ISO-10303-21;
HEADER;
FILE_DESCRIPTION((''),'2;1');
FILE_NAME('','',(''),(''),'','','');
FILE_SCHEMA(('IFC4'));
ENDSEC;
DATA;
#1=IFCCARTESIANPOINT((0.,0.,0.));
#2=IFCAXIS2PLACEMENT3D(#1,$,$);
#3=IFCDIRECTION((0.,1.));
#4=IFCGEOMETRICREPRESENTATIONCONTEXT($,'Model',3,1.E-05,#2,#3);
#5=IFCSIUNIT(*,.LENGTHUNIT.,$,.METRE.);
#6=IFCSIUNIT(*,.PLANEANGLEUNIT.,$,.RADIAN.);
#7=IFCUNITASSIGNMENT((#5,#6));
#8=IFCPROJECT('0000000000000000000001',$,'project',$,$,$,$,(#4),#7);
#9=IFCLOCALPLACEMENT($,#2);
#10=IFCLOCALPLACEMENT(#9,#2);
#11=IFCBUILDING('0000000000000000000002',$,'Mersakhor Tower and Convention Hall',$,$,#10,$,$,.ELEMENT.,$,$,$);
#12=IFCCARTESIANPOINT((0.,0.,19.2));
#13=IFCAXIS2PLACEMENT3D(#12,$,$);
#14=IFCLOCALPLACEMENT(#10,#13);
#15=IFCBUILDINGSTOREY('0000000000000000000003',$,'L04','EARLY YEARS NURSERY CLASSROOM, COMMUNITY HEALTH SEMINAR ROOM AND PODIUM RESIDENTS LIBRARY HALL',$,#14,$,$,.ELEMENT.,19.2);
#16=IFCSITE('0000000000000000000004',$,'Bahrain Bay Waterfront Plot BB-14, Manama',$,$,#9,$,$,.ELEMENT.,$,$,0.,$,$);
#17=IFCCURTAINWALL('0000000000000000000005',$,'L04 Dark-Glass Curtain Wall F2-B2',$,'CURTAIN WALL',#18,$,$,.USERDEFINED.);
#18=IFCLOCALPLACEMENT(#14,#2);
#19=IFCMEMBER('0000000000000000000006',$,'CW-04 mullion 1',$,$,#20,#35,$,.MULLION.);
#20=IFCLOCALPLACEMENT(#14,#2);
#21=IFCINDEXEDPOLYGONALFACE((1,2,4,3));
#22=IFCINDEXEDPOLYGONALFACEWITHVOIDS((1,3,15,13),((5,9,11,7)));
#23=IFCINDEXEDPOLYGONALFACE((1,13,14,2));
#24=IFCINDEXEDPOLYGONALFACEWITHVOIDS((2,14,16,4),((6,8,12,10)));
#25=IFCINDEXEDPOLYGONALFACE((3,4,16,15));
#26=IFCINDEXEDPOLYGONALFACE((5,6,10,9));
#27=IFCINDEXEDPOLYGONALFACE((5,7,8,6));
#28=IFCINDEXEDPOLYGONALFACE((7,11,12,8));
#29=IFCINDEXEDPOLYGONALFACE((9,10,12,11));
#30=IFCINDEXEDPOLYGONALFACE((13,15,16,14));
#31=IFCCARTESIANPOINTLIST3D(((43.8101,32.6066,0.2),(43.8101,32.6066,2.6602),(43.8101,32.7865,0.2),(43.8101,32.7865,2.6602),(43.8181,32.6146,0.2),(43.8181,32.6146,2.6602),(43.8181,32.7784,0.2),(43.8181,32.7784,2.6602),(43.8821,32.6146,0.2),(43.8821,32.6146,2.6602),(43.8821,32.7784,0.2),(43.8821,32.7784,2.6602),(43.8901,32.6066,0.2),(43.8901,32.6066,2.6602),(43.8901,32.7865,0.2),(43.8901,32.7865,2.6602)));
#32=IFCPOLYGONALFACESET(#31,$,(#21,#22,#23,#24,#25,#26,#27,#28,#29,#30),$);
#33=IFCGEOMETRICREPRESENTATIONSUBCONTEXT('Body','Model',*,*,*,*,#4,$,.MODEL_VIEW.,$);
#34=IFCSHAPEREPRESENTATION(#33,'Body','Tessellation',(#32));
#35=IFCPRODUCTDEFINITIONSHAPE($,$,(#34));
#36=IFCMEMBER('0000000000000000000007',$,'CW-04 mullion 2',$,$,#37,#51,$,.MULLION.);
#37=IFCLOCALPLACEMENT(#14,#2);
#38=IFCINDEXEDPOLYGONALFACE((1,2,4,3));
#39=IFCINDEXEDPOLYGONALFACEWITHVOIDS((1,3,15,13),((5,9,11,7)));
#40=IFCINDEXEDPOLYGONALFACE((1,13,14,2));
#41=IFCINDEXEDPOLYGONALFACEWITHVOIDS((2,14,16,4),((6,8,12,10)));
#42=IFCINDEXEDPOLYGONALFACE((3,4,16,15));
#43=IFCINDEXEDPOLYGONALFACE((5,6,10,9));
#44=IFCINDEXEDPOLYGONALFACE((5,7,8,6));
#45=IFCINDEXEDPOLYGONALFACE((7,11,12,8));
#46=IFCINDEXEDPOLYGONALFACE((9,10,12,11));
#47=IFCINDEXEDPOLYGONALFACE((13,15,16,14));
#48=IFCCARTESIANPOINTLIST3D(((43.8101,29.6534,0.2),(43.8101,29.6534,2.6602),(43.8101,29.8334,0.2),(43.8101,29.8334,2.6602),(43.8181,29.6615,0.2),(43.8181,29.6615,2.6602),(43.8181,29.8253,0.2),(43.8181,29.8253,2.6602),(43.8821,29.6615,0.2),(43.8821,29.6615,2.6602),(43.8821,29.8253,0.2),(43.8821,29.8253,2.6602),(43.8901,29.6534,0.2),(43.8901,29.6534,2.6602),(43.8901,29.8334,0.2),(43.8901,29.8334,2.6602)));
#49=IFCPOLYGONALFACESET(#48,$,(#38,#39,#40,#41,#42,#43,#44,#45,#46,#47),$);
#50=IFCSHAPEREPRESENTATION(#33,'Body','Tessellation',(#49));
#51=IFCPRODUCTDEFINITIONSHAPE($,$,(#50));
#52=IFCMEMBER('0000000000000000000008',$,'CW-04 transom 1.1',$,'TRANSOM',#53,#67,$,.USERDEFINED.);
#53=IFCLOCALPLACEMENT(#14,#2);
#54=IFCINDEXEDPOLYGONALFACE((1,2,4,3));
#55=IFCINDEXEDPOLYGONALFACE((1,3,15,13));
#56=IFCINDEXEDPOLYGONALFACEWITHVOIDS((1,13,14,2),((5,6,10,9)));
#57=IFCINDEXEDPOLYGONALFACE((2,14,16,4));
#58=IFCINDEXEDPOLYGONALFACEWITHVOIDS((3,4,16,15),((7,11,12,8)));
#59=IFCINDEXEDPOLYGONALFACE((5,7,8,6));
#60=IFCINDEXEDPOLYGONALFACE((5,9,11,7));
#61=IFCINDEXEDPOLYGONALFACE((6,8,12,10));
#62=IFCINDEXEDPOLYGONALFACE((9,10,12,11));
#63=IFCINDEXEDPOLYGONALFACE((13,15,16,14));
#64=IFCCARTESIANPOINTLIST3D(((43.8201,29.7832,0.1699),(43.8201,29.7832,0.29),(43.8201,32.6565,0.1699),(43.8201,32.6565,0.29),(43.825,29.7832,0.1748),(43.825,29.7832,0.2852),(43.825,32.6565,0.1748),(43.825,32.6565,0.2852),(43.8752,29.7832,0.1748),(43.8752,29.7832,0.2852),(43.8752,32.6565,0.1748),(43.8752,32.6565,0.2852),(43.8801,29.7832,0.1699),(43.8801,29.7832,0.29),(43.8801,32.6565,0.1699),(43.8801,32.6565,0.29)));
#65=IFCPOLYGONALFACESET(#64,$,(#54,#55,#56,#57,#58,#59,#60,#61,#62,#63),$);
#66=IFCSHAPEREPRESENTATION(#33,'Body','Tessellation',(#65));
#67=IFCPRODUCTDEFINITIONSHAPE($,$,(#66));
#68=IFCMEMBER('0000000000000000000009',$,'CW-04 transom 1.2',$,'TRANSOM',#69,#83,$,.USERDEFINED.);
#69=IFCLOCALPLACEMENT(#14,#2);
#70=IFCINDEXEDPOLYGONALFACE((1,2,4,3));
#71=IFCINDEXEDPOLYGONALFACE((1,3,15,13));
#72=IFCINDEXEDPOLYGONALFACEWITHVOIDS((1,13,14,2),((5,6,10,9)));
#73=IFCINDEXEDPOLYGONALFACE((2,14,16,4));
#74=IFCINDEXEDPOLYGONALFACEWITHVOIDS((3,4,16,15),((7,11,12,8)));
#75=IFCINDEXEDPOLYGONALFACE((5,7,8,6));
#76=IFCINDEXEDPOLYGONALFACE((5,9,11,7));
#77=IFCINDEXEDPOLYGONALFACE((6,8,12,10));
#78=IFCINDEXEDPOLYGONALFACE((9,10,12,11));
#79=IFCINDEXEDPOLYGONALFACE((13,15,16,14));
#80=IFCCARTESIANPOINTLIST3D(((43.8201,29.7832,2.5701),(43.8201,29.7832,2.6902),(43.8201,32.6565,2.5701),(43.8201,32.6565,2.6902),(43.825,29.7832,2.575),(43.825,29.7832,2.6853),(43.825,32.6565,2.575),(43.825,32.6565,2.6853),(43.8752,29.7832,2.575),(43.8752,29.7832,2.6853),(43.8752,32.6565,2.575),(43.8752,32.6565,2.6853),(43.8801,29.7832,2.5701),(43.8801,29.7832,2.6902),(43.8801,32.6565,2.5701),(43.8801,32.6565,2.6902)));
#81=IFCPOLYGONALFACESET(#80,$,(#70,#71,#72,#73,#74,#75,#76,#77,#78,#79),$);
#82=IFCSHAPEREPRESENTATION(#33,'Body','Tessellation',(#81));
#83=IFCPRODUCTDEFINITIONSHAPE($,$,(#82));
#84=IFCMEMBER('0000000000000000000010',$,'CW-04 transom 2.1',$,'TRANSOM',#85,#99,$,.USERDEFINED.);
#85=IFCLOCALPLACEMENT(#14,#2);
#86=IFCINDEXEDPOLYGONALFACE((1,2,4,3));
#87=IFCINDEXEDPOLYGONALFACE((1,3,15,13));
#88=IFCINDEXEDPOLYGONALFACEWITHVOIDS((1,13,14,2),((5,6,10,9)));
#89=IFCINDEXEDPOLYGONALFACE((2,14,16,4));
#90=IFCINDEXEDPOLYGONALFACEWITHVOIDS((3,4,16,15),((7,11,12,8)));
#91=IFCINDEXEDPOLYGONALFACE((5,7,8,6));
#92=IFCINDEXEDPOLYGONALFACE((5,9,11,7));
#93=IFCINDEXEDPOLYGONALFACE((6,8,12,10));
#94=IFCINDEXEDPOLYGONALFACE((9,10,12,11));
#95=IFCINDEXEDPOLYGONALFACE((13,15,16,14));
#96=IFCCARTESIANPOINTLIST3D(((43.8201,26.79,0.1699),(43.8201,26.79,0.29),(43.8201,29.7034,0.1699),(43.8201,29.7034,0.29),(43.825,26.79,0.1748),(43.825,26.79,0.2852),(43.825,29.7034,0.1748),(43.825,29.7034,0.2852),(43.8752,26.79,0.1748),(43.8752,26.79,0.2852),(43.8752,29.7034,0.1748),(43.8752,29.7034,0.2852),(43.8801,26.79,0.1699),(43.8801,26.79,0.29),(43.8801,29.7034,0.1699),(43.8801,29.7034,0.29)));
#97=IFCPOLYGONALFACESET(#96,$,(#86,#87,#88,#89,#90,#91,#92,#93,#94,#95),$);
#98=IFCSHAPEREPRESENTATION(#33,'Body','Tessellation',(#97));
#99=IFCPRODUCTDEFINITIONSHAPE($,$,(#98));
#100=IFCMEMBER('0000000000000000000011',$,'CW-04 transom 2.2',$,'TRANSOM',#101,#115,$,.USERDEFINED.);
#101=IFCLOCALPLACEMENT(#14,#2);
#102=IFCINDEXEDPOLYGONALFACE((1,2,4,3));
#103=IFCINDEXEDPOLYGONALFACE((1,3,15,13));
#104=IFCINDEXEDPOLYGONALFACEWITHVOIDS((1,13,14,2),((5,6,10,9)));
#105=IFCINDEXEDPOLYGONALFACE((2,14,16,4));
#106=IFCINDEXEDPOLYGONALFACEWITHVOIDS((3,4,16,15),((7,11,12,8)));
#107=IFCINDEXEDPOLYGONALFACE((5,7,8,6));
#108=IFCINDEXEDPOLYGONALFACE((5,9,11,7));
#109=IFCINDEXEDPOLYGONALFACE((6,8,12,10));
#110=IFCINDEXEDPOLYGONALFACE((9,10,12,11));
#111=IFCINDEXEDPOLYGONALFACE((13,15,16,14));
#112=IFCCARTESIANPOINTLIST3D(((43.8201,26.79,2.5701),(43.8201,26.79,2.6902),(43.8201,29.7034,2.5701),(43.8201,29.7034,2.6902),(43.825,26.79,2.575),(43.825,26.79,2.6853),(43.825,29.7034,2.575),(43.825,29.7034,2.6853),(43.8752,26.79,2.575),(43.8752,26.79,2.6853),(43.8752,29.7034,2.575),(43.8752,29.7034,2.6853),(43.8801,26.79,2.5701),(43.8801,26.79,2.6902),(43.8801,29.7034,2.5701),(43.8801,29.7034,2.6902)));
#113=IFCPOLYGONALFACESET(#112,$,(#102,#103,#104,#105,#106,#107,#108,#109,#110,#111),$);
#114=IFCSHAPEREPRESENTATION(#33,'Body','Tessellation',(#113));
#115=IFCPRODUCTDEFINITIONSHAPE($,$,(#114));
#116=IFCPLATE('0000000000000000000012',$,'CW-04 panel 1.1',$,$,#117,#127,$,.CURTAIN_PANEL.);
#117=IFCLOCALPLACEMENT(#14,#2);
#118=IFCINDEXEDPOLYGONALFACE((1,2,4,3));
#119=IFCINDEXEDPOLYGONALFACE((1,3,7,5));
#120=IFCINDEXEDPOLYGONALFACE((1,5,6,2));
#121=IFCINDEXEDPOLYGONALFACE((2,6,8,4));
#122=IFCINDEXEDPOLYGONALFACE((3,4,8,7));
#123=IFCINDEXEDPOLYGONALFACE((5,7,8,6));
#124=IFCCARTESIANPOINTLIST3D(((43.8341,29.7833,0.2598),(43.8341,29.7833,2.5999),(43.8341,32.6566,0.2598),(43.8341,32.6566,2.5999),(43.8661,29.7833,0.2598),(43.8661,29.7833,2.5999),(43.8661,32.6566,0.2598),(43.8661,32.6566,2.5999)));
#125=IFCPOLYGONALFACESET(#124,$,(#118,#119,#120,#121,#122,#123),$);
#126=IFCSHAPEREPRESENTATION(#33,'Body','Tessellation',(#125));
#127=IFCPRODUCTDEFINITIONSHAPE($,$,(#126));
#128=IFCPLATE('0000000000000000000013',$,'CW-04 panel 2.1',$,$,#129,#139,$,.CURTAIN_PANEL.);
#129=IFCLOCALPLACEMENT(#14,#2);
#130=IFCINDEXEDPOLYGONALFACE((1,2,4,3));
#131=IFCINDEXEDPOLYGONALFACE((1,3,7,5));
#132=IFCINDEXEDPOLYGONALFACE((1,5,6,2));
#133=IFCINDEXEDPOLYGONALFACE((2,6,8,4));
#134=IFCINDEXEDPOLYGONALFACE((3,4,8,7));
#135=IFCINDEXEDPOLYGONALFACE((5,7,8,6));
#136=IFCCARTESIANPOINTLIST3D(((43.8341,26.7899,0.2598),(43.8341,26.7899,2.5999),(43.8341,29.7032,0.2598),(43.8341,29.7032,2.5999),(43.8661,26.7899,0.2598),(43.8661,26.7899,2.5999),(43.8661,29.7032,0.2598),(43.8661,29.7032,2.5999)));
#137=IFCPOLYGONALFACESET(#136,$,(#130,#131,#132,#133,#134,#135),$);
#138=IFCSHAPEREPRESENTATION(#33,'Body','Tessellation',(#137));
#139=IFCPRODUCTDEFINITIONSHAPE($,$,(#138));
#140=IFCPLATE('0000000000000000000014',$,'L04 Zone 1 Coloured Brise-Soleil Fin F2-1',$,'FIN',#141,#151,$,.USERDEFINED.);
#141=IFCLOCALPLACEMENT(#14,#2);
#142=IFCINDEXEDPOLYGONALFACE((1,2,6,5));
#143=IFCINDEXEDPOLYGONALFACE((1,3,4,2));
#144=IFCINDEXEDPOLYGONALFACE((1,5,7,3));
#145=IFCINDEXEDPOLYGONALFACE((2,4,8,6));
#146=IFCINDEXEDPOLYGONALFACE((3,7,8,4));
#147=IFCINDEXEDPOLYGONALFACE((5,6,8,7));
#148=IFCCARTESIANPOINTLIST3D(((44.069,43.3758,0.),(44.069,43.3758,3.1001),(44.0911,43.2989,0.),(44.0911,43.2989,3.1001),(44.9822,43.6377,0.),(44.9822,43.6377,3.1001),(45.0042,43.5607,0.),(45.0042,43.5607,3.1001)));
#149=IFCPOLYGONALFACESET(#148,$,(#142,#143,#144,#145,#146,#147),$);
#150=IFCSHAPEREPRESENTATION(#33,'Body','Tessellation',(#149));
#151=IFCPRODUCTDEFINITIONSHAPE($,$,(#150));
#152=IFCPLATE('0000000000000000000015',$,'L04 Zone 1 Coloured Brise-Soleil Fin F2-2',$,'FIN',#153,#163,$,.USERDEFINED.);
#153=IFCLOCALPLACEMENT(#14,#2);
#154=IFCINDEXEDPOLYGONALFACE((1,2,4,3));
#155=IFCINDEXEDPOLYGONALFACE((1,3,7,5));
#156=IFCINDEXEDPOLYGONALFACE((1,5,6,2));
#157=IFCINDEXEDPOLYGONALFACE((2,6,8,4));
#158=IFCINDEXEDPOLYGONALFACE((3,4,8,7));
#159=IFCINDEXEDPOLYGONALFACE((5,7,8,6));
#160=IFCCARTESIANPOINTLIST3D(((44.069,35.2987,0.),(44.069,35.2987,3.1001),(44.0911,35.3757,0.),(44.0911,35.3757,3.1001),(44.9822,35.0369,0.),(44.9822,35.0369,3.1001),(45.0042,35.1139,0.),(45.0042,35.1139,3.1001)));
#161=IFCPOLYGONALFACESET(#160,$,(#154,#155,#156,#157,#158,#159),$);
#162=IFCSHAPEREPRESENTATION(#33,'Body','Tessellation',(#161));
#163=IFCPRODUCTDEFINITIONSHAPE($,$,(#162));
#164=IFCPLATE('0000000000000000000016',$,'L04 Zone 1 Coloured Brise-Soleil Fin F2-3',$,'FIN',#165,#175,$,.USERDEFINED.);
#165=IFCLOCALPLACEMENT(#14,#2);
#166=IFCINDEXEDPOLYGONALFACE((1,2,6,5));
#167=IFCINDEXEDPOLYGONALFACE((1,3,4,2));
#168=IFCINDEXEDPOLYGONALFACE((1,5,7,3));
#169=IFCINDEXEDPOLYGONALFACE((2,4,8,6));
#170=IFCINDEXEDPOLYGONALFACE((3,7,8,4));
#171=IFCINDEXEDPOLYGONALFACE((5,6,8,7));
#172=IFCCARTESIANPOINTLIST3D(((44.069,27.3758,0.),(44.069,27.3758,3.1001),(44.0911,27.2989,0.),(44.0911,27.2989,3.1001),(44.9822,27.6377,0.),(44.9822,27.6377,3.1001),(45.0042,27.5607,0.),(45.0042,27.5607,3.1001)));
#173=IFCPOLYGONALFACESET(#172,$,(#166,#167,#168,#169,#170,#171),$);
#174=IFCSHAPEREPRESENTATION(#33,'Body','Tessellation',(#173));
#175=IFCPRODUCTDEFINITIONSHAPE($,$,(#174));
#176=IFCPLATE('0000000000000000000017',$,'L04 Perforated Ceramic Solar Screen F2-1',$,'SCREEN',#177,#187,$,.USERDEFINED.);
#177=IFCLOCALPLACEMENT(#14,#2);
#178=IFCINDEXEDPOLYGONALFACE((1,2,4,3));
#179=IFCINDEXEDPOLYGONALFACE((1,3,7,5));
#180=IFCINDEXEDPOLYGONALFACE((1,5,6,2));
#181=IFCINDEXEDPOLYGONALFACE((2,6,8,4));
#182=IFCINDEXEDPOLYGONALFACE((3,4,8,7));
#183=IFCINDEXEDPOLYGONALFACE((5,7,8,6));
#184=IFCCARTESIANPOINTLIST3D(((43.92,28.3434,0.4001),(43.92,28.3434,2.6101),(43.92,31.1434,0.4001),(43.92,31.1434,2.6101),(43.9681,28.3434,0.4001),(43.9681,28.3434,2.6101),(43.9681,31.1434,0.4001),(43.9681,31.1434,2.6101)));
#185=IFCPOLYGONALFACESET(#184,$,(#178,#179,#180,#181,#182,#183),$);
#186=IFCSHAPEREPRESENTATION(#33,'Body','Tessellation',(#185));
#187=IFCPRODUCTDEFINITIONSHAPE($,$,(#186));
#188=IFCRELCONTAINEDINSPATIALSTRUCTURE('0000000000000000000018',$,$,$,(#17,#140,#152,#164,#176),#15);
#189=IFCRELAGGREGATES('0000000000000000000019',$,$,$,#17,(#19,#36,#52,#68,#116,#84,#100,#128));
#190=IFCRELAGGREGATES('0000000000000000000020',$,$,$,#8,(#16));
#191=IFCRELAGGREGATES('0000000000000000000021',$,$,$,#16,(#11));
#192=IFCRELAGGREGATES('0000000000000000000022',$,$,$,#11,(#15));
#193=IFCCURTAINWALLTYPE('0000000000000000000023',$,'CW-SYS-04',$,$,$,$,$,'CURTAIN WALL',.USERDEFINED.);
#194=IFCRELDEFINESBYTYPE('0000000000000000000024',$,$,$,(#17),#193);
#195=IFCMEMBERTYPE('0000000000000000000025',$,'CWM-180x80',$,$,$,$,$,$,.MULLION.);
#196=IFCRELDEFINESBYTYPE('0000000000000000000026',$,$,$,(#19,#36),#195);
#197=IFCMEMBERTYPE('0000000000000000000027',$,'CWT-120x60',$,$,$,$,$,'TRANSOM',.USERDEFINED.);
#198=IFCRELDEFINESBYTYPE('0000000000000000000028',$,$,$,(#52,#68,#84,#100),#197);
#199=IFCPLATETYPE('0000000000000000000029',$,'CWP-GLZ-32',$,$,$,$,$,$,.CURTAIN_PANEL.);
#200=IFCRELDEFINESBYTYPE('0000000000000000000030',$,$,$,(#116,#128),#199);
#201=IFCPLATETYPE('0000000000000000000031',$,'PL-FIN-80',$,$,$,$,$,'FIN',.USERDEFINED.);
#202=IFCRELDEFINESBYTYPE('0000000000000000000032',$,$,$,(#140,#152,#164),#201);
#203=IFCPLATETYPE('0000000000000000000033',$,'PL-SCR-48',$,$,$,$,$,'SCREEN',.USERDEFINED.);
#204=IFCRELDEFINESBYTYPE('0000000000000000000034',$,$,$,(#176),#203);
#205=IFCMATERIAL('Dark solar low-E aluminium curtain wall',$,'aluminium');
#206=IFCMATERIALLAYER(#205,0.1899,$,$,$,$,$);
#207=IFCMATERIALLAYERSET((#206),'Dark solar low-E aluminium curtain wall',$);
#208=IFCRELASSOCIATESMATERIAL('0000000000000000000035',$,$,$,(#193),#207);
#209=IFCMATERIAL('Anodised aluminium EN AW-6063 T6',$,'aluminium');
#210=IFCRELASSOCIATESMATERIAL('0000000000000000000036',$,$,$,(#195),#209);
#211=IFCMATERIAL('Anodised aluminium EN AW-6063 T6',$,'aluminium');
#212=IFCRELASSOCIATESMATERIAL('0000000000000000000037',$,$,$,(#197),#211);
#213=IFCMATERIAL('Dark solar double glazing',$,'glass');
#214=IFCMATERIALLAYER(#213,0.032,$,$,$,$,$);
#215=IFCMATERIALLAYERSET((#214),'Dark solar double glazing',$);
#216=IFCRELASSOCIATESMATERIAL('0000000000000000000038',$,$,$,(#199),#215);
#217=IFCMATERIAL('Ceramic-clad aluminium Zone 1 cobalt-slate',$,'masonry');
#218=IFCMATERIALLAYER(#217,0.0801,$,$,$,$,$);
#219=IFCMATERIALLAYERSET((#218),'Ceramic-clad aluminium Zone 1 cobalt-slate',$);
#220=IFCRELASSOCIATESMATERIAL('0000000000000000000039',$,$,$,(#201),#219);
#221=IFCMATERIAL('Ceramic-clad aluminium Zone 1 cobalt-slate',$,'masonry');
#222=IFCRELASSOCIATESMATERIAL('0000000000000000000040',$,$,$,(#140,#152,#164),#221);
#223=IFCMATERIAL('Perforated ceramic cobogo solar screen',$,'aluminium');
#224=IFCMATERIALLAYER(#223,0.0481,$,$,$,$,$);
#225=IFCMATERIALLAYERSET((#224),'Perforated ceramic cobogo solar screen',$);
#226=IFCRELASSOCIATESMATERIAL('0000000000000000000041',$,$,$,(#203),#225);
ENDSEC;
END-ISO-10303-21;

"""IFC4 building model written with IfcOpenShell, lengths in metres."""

from ifc_helpers import new_model, si_unit, direction, frame, origin, origin_2d, place, context, subcontext, project, spatial, rectangle, hollow_rectangle, extrude, material, layer, layer_set, material_profile, profile_set, type_object, element, aggregate, save


model = new_model("IFC4")

# Units and contexts
model_context = context("Model", 3, precision=1e-05, world=origin(), true_north=direction((0.0, 1.0)))
body_context = subcontext(model_context, "Body", "Model", "MODEL_VIEW")
ifc_project = project(units=[si_unit("LENGTHUNIT", "METRE"), si_unit("PLANEANGLEUNIT", "RADIAN")], contexts=[model_context])

# Site, building, storey
site_placement = place(None, origin())
site = spatial("IfcSite", under=ifc_project, at=site_placement, Name="Bahrain Bay Waterfront Plot BB-14, Manama", CompositionType="ELEMENT", RefElevation=0.0)
building_placement = place(site_placement, origin())
building = spatial("IfcBuilding", under=site, at=building_placement, Name="Mersakhor Tower and Convention Hall", CompositionType="ELEMENT")
storey_placement = place(building_placement, frame((0.0, 0.0, 19.2)))
storey = spatial("IfcBuildingStorey", under=building, at=storey_placement, Name="L04", Description="EARLY YEARS NURSERY CLASSROOM, COMMUNITY HEALTH SEMINAR ROOM AND PODIUM RESIDENTS LIBRARY HALL", CompositionType="ELEMENT", Elevation=19.2)

# Curtain wall, members, plates
ifc_material_1 = material(Name="Dark solar low-E aluminium curtain wall", Category="aluminium")
ifc_layer_1 = layer(ifc_material_1, 0.1899)
ifc_layer_set_1 = layer_set([ifc_layer_1], Name="Dark solar low-E aluminium curtain wall")
curtain_wall_type = type_object("IfcCurtainWallType", Name="CW-SYS-04", ElementType="CURTAIN WALL", PredefinedType="USERDEFINED", material=ifc_layer_set_1)
curtain_wall_placement = place(storey_placement, origin())
curtain_wall = element("IfcCurtainWall", 1, at=curtain_wall_placement, inside=storey, type_object=curtain_wall_type, Name="L04 Dark-Glass Curtain Wall F2-B2", ObjectType="CURTAIN WALL", PredefinedType="USERDEFINED")
ifc_material_2 = material(Name="Anodised aluminium EN AW-6063 T6", Category="aluminium")
ifc_material_profile_1 = material_profile(ifc_material_2, hollow_rectangle(XDim=0.0801, YDim=0.1799, WallThickness=0.0081, at=origin_2d()), Name="RHS 180x80x8")
ifc_profile_set_1 = profile_set([ifc_material_profile_1], Name="Anodised aluminium EN AW-6063 T6")
member_type_1 = type_object("IfcMemberType", Name="CWM-180x80", PredefinedType="MULLION", material=ifc_profile_set_1)
member_1_placement = place(storey_placement, frame((43.8501, 32.6965, 0.2), z_axis=(0.0, 0.0, 1.0), x_axis=(1.0, 0.0, 0.0)))
member_1 = element("IfcMember", 2, at=member_1_placement, type_object=member_type_1, Name="CW-04 mullion 1", PredefinedType="MULLION", context=body_context, shape_type="SweptSolid", body=[
    extrude(hollow_rectangle(XDim=0.0801, YDim=0.1799, WallThickness=0.0081, at=origin_2d()), origin(), (0.0, 0.0, 1.0), 2.4602),
])
member_2_placement = place(storey_placement, frame((43.8501, 29.7434, 0.2), z_axis=(0.0, 0.0, 1.0), x_axis=(1.0, 0.0, 0.0)))
member_2 = element("IfcMember", 3, at=member_2_placement, type_object=member_type_1, Name="CW-04 mullion 2", PredefinedType="MULLION", context=body_context, shape_type="SweptSolid", body=[
    extrude(hollow_rectangle(XDim=0.0801, YDim=0.1799, WallThickness=0.0081, at=origin_2d()), origin(), (0.0, 0.0, 1.0), 2.4602),
])
ifc_material_3 = material(Name="Anodised aluminium EN AW-6063 T6", Category="aluminium")
ifc_material_profile_2 = material_profile(ifc_material_3, hollow_rectangle(XDim=0.0601, YDim=0.1201, WallThickness=0.0049, at=origin_2d()), Name="RHS 120x60x5")
ifc_profile_set_2 = profile_set([ifc_material_profile_2], Name="Anodised aluminium EN AW-6063 T6")
member_type_2 = type_object("IfcMemberType", Name="CWT-120x60", ElementType="TRANSOM", PredefinedType="USERDEFINED", material=ifc_profile_set_2)
member_3_placement = place(storey_placement, frame((43.8501, 32.6565, 0.23), z_axis=(0.0, -1.0, 0.0), x_axis=(1.0, 0.0, 0.0)))
member_3 = element("IfcMember", 4, at=member_3_placement, type_object=member_type_2, Name="CW-04 transom 1.1", ObjectType="TRANSOM", PredefinedType="USERDEFINED", context=body_context, shape_type="SweptSolid", body=[
    extrude(hollow_rectangle(XDim=0.0601, YDim=0.1201, WallThickness=0.0049, at=origin_2d()), origin(), (0.0, 0.0, 1.0), 2.8733),
])
member_4_placement = place(storey_placement, frame((43.8501, 32.6565, 2.6301), z_axis=(0.0, -1.0, 0.0), x_axis=(1.0, 0.0, 0.0)))
member_4 = element("IfcMember", 5, at=member_4_placement, type_object=member_type_2, Name="CW-04 transom 1.2", ObjectType="TRANSOM", PredefinedType="USERDEFINED", context=body_context, shape_type="SweptSolid", body=[
    extrude(hollow_rectangle(XDim=0.0601, YDim=0.1201, WallThickness=0.0049, at=origin_2d()), origin(), (0.0, 0.0, 1.0), 2.8733),
])
member_5_placement = place(storey_placement, frame((43.8501, 29.7034, 0.23), z_axis=(0.0, -1.0, 0.0), x_axis=(1.0, 0.0, 0.0)))
member_5 = element("IfcMember", 6, at=member_5_placement, type_object=member_type_2, Name="CW-04 transom 2.1", ObjectType="TRANSOM", PredefinedType="USERDEFINED", context=body_context, shape_type="SweptSolid", body=[
    extrude(hollow_rectangle(XDim=0.0601, YDim=0.1201, WallThickness=0.0049, at=origin_2d()), origin(), (0.0, 0.0, 1.0), 2.9133),
])
member_6_placement = place(storey_placement, frame((43.8501, 29.7034, 2.6301), z_axis=(0.0, -1.0, 0.0), x_axis=(1.0, 0.0, 0.0)))
member_6 = element("IfcMember", 7, at=member_6_placement, type_object=member_type_2, Name="CW-04 transom 2.2", ObjectType="TRANSOM", PredefinedType="USERDEFINED", context=body_context, shape_type="SweptSolid", body=[
    extrude(hollow_rectangle(XDim=0.0601, YDim=0.1201, WallThickness=0.0049, at=origin_2d()), origin(), (0.0, 0.0, 1.0), 2.9133),
])
ifc_material_4 = material(Name="Dark solar double glazing", Category="glass")
ifc_layer_2 = layer(ifc_material_4, 0.032)
ifc_layer_set_2 = layer_set([ifc_layer_2], Name="Dark solar double glazing")
plate_type_1 = type_object("IfcPlateType", Name="CWP-GLZ-32", PredefinedType="CURTAIN_PANEL", material=ifc_layer_set_2)
plate_1_placement = place(storey_placement, frame((43.8501, 31.22, 0.2598), z_axis=(0.0, 0.0, 1.0), x_axis=(0.0, -1.0, 0.0)))
plate_1 = element("IfcPlate", 8, at=plate_1_placement, type_object=plate_type_1, Name="CW-04 panel 1.1", PredefinedType="CURTAIN_PANEL", context=body_context, shape_type="SweptSolid", body=[
    extrude(rectangle(XDim=2.8733, YDim=0.032, at=origin_2d()), origin(), (0.0, 0.0, 1.0), 2.3401),
])
plate_2_placement = place(storey_placement, frame((43.8501, 28.2466, 0.2598), z_axis=(0.0, 0.0, 1.0), x_axis=(0.0, -1.0, 0.0)))
plate_2 = element("IfcPlate", 9, at=plate_2_placement, type_object=plate_type_1, Name="CW-04 panel 2.1", PredefinedType="CURTAIN_PANEL", context=body_context, shape_type="SweptSolid", body=[
    extrude(rectangle(XDim=2.9133, YDim=0.032, at=origin_2d()), origin(), (0.0, 0.0, 1.0), 2.3401),
])
aggregate(curtain_wall, [member_1, member_2, member_3, member_4, plate_1, member_5, member_6, plate_2])

# Plates
ifc_material_5 = material(Name="Ceramic-clad aluminium Zone 1 cobalt-slate", Category="masonry")
ifc_material_6 = material(Name="Ceramic-clad aluminium Zone 1 cobalt-slate", Category="masonry")
ifc_layer_3 = layer(ifc_material_6, 0.0801)
ifc_layer_set_3 = layer_set([ifc_layer_3], Name="Ceramic-clad aluminium Zone 1 cobalt-slate")
plate_type_2 = type_object("IfcPlateType", Name="PL-FIN-80", ElementType="FIN", PredefinedType="USERDEFINED", material=ifc_layer_set_3)
for number, where, z_axis, x_axis, name in (
    (10, (44.5366, 43.4683, 0.0), (0.0, 0.0, 1.0), (0.961262, 0.275637, 0.0), "L04 Zone 1 Coloured Brise-Soleil Fin F2-1"),
    (11, (44.5366, 35.2063, 0.0), (0.0, 0.0, 1.0), (0.961262, -0.275637, 0.0), "L04 Zone 1 Coloured Brise-Soleil Fin F2-2"),
    (12, (44.5366, 27.4683, 0.0), (0.0, 0.0, 1.0), (0.961262, 0.275637, 0.0), "L04 Zone 1 Coloured Brise-Soleil Fin F2-3"),
):
    element("IfcPlate", number, at=place(storey_placement, frame(where, z_axis=z_axis, x_axis=x_axis)), inside=storey, type_object=plate_type_2, material=ifc_material_5, Name=name, ObjectType="FIN", PredefinedType="USERDEFINED", context=body_context, shape_type="SweptSolid", body=[
        extrude(rectangle(XDim=0.95, YDim=0.0801, at=origin_2d()), origin(), (0.0, 0.0, 1.0), 3.1001),
    ])
ifc_material_7 = material(Name="Perforated ceramic cobogo solar screen", Category="aluminium")
ifc_layer_4 = layer(ifc_material_7, 0.0481)
ifc_layer_set_4 = layer_set([ifc_layer_4], Name="Perforated ceramic cobogo solar screen")
plate_type_3 = type_object("IfcPlateType", Name="PL-SCR-48", ElementType="SCREEN", PredefinedType="USERDEFINED", material=ifc_layer_set_4)
plate_3_placement = place(storey_placement, frame((43.9441, 29.7434, 0.4001), z_axis=(0.0, 0.0, 1.0), x_axis=(0.0, -1.0, 0.0)))
element("IfcPlate", 13, at=plate_3_placement, inside=storey, type_object=plate_type_3, Name="L04 Perforated Ceramic Solar Screen F2-1", ObjectType="SCREEN", PredefinedType="USERDEFINED", context=body_context, shape_type="SweptSolid", body=[
    extrude(rectangle(XDim=2.8, YDim=0.0481, at=origin_2d()), origin(), (0.0, 0.0, 1.0), 2.21),
])

save(model, "model.ifc")
